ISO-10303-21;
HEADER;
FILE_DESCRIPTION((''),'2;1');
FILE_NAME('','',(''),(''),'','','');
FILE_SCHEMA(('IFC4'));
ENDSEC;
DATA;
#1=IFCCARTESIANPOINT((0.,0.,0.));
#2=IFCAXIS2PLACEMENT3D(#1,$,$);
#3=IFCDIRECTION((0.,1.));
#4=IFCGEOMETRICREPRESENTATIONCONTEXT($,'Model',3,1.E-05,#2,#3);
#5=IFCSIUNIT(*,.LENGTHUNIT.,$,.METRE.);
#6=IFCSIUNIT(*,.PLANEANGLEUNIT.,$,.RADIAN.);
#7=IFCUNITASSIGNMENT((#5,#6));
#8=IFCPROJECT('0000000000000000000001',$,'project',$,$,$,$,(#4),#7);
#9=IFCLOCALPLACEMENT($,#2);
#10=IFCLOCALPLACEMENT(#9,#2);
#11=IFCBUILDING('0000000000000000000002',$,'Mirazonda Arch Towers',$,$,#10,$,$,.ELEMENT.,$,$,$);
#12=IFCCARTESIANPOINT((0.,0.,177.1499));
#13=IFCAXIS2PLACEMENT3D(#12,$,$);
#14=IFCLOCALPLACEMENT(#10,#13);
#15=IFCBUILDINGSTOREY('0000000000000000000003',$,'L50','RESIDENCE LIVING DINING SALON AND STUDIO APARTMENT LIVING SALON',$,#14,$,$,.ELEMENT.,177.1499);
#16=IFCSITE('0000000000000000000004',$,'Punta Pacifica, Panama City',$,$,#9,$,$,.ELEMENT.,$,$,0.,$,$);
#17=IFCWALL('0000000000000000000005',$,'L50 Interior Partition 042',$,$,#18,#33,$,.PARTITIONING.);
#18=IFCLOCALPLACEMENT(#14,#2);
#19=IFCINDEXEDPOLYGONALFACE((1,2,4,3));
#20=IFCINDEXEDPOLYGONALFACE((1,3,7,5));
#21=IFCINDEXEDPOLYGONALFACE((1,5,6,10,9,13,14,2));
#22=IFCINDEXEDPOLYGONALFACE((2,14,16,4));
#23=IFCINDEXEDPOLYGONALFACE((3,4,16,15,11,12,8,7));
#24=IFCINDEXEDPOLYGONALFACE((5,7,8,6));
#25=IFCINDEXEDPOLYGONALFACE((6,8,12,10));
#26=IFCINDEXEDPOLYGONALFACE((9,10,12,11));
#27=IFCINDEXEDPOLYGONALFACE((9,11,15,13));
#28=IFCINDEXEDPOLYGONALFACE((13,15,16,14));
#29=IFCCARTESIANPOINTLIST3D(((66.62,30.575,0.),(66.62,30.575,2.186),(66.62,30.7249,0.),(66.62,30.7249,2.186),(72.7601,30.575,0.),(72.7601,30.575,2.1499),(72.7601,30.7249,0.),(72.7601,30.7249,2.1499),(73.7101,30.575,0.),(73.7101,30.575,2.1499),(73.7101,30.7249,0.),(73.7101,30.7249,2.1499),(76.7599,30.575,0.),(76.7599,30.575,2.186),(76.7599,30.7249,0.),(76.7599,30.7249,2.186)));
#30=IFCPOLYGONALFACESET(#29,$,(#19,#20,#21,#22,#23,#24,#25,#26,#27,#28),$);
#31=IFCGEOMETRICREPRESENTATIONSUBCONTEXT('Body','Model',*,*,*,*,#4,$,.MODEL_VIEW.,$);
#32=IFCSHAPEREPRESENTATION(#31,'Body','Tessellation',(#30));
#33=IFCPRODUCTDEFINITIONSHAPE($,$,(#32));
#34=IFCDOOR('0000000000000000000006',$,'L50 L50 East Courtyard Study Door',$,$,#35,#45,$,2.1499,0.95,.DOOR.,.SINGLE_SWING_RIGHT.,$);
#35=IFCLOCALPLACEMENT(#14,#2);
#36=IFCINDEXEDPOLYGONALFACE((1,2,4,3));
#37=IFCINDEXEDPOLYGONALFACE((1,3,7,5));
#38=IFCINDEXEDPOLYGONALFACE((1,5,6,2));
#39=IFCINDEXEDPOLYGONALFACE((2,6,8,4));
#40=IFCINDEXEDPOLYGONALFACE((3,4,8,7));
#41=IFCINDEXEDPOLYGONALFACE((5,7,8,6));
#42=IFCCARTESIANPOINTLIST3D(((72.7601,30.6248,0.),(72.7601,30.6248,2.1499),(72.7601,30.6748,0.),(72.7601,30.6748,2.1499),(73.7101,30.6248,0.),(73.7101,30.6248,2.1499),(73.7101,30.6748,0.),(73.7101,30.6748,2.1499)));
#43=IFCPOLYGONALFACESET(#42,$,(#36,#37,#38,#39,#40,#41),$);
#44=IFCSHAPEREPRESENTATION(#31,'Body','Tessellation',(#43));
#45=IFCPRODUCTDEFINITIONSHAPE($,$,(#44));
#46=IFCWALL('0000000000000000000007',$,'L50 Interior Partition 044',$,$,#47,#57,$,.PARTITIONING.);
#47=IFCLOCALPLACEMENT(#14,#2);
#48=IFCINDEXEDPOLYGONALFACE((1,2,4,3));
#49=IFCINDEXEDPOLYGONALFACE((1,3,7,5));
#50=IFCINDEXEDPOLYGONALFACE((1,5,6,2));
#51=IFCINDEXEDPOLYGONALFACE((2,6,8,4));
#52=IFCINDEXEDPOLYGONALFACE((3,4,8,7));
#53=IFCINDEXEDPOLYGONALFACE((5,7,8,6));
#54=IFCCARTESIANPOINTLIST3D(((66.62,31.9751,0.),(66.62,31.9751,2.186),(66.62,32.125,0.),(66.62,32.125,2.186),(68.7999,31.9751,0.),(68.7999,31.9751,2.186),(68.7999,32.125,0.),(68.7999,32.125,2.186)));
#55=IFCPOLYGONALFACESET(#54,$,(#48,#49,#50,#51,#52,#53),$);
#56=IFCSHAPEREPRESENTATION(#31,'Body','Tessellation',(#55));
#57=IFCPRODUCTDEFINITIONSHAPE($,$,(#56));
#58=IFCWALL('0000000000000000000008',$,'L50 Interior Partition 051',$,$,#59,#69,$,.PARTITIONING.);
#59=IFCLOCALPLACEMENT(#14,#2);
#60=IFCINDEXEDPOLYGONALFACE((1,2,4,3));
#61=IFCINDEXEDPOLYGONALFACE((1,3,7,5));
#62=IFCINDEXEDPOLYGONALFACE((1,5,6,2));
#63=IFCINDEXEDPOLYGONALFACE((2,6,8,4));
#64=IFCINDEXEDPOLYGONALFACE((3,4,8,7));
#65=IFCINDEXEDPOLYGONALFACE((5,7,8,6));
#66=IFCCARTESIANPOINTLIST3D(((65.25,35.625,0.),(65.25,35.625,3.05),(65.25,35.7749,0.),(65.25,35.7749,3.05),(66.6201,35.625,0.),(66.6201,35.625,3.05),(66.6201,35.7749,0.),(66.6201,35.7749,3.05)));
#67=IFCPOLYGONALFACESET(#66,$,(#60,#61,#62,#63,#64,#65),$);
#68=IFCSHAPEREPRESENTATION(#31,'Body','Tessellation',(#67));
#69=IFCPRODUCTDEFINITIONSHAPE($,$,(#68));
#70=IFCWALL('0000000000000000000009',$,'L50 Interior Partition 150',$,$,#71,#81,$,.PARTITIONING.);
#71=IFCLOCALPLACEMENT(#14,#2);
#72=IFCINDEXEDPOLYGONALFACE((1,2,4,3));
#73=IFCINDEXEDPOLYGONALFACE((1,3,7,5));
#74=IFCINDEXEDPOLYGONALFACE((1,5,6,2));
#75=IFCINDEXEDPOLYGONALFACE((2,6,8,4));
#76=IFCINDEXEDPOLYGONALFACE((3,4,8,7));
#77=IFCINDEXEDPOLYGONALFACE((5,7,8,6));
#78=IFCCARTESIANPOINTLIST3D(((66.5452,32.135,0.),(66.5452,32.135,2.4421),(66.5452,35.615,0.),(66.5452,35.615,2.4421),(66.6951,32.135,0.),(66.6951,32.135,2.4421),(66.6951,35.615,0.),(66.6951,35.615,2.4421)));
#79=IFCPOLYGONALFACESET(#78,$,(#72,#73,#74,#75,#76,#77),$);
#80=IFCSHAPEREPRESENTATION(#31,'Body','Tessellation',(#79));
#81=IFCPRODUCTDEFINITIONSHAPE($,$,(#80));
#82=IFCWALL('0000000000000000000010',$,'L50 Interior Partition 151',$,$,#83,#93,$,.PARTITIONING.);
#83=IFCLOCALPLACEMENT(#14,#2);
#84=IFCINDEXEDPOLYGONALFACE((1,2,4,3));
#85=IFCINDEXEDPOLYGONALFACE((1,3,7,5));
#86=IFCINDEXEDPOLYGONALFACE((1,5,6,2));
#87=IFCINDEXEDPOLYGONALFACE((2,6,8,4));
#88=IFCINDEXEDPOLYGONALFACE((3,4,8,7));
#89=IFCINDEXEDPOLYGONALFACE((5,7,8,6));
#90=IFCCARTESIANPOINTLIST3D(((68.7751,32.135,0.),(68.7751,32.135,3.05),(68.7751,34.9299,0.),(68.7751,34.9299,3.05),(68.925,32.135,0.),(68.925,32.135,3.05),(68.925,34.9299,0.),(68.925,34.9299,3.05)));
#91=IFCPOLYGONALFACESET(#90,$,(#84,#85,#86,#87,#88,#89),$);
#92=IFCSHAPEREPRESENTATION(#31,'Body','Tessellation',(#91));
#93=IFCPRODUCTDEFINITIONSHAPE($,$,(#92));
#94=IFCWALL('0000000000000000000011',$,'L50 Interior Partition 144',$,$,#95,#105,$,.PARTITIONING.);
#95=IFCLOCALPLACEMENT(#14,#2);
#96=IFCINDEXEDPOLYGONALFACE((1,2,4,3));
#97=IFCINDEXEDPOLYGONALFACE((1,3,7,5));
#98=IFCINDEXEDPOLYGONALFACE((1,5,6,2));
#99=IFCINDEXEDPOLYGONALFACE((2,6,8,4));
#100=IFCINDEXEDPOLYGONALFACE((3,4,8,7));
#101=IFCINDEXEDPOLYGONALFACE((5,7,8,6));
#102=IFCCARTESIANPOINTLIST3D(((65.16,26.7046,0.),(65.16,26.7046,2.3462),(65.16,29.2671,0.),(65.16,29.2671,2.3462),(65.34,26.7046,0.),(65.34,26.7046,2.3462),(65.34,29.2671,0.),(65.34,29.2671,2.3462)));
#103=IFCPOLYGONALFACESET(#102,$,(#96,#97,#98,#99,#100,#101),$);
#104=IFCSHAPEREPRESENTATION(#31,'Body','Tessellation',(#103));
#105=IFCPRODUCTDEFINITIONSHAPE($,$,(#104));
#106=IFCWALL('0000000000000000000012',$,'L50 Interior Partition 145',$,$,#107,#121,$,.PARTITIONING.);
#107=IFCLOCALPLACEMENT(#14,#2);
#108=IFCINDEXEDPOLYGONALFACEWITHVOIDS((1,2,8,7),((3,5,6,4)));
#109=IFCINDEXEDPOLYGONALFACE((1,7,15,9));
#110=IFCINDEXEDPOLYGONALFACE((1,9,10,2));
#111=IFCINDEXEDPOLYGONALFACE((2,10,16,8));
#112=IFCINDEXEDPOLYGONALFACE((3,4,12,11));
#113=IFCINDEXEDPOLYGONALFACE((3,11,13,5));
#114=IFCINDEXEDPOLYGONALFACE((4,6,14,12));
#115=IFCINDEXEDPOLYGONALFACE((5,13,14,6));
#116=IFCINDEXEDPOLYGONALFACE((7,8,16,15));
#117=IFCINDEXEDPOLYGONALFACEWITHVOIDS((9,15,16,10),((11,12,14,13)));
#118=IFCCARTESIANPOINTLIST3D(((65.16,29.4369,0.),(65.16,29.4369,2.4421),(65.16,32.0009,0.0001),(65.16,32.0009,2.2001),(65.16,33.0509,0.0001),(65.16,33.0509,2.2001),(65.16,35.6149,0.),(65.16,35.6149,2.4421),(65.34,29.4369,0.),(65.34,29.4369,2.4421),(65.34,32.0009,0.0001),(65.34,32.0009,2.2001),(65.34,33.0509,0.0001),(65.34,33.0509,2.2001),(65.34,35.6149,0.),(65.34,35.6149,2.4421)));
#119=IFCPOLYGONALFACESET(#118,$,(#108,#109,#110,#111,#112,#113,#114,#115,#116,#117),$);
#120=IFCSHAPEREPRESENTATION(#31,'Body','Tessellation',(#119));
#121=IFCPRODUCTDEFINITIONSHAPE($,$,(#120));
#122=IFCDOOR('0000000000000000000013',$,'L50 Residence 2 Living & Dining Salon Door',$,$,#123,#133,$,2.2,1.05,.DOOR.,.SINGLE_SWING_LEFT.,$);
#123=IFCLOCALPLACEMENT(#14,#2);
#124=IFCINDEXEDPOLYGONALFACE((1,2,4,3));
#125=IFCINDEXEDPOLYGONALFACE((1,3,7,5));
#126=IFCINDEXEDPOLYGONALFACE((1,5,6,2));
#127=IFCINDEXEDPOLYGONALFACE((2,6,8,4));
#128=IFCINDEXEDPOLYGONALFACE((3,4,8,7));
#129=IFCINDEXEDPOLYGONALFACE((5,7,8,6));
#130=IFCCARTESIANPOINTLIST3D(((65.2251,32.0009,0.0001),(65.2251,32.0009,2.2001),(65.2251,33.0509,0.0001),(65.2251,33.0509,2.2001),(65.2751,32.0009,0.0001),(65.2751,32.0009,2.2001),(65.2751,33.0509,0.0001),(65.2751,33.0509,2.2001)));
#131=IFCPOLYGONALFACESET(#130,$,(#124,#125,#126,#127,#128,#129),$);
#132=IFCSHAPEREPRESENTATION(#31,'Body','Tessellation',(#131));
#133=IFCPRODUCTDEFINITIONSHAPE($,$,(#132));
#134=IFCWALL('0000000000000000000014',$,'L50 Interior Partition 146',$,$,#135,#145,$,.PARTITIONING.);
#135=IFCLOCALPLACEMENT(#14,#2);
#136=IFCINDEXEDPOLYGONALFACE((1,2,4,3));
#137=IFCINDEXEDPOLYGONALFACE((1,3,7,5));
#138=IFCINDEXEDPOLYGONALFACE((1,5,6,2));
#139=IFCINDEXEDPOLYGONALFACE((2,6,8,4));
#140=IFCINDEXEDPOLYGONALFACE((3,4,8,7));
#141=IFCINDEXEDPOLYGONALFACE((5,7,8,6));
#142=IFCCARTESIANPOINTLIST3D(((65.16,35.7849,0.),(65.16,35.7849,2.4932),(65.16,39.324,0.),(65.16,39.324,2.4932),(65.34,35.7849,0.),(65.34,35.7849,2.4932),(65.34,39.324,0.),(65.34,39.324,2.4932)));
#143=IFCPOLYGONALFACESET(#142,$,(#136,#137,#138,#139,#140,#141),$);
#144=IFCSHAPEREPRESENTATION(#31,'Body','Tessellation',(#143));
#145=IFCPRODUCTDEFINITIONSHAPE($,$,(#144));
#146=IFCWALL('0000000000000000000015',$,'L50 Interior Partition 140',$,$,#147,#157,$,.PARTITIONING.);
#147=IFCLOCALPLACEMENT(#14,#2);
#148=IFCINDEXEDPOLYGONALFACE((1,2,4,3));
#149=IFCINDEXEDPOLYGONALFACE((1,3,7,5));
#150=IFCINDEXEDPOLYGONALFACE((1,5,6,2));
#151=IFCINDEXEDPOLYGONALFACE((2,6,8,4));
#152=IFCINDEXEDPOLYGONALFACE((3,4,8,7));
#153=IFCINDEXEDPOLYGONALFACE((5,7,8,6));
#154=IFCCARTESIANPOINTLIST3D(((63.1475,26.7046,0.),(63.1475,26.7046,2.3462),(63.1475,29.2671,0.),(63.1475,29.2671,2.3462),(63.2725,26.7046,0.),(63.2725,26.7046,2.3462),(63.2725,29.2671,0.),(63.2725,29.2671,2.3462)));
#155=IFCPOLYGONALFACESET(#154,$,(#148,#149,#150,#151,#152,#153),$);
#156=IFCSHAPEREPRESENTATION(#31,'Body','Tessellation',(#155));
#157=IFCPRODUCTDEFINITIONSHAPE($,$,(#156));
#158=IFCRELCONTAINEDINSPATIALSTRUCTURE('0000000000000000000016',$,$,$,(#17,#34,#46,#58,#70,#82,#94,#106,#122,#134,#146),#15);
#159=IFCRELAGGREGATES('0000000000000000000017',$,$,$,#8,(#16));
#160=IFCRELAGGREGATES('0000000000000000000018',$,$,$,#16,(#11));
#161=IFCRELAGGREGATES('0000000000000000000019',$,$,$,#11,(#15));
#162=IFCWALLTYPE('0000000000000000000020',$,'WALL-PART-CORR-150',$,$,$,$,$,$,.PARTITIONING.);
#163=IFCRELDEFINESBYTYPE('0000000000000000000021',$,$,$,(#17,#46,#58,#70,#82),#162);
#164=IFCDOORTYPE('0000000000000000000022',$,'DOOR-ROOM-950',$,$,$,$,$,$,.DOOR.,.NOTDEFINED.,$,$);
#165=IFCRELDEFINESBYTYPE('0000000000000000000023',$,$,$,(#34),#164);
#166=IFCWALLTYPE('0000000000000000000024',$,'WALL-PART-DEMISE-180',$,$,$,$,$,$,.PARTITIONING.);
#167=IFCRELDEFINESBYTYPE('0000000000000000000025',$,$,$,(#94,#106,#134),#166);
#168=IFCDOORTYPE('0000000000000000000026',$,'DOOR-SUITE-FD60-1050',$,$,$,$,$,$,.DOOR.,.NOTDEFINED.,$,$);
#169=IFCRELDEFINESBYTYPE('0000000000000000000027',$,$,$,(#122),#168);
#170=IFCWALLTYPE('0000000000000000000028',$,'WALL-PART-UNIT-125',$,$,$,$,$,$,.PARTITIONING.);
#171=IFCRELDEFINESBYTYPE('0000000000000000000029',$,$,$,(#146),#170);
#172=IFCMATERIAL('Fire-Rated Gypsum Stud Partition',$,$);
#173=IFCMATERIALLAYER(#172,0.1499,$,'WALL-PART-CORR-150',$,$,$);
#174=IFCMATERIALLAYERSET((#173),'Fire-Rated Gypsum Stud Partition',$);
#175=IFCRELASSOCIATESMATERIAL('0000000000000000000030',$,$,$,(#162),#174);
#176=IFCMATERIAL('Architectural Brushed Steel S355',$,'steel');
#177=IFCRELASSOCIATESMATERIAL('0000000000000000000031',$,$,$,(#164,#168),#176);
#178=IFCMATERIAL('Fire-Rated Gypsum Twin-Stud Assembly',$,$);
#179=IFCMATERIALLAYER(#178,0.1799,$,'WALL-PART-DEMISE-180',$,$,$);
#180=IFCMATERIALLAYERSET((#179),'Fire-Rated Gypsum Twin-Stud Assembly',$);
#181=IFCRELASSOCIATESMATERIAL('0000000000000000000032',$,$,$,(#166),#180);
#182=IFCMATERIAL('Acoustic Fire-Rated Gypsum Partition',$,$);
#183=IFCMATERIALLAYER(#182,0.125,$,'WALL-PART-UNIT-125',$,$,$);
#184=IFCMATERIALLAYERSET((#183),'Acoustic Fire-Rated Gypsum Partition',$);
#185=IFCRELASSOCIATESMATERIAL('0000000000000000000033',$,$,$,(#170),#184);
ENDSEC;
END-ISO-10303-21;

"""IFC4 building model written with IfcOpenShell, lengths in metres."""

from ifc_helpers import new_model, si_unit, direction, frame, frame_2d, origin, place, context, subcontext, project, spatial, rectangle, extrude, material, layer, layer_set, type_object, element, fill, save


model = new_model("IFC4")

# Units and contexts
model_context = context("Model", 3, precision=1e-05, world=origin(), true_north=direction((0.0, 1.0)))
body_context = subcontext(model_context, "Body", "Model", "MODEL_VIEW")
ifc_project = project(units=[si_unit("LENGTHUNIT", "METRE"), si_unit("PLANEANGLEUNIT", "RADIAN")], contexts=[model_context])

# Site, building, storey
site_placement = place(None, origin())
site = spatial("IfcSite", under=ifc_project, at=site_placement, Name="Punta Pacifica, Panama City", CompositionType="ELEMENT", RefElevation=0.0)
building_placement = place(site_placement, origin())
building = spatial("IfcBuilding", under=site, at=building_placement, Name="Mirazonda Arch Towers", CompositionType="ELEMENT")
storey_placement = place(building_placement, frame((0.0, 0.0, 177.1499)))
storey = spatial("IfcBuildingStorey", under=building, at=storey_placement, Name="L50", Description="RESIDENCE LIVING DINING SALON AND STUDIO APARTMENT LIVING SALON", CompositionType="ELEMENT", Elevation=177.1499)

# Shared definitions
ifc_material_1 = material(Name="Architectural Brushed Steel S355", Category="steel")

# Wall, opening, door
ifc_material_2 = material(Name="Fire-Rated Gypsum Stud Partition")
ifc_layer_1 = layer(ifc_material_2, 0.1499, Name="WALL-PART-CORR-150")
ifc_layer_set_1 = layer_set([ifc_layer_1], Name="Fire-Rated Gypsum Stud Partition")
wall_type_1 = type_object("IfcWallType", Name="WALL-PART-CORR-150", PredefinedType="PARTITIONING", material=ifc_layer_set_1)
wall_1_placement = place(storey_placement, frame((66.6201, 30.6499, 0.0), z_axis=(0.0, 0.0, 1.0), x_axis=(1.0, 0.0, 0.0)))
wall_1 = element("IfcWall", 1, at=wall_1_placement, inside=storey, type_object=wall_type_1, Name="L50 Interior Partition 042", PredefinedType="PARTITIONING", context=body_context, shape_type="SweptSolid", body=[
    extrude(rectangle(XDim=10.1399, YDim=0.1499, at=frame_2d((5.0698, 0.0))), origin(), (0.0, 0.0, 1.0), 2.186),
])
opening_1_placement = place(wall_1_placement, frame((6.1399, 0.0, 0.0)))
opening_1 = element("IfcOpeningElement", 2, at=opening_1_placement, cuts=wall_1, PredefinedType="OPENING", context=body_context, shape_type="SweptSolid", body=[
    extrude(rectangle(XDim=0.95, YDim=2.1499, at=frame_2d((0.4751, 1.075))), frame((0.0, 0.085, 0.0), z_axis=(0.0, -1.0, 0.0), x_axis=(1.0, 0.0, 0.0)), (0.0, 0.0, 1.0), 0.1699),
])
door_type_1 = type_object("IfcDoorType", Name="DOOR-ROOM-950", OperationType="NOTDEFINED", PredefinedType="DOOR", material=ifc_material_1)
door_1_placement = place(opening_1_placement, origin())
door_1 = element("IfcDoor", 3, at=door_1_placement, inside=storey, type_object=door_type_1, Name="L50 L50 East Courtyard Study Door", OperationType="SINGLE_SWING_RIGHT", OverallHeight=2.1499, OverallWidth=0.95, PredefinedType="DOOR", context=body_context, shape_type="SweptSolid", body=[
    extrude(rectangle(XDim=0.95, YDim=2.1499, at=frame_2d((0.4751, 1.075))), frame((0.0, 0.0249, 0.0), z_axis=(0.0, -1.0, 0.0), x_axis=(1.0, 0.0, 0.0)), (0.0, 0.0, 1.0), 0.05),
])
fill(opening_1, door_1)

# Walls
wall_2_placement = place(storey_placement, frame((66.6201, 32.05, 0.0), z_axis=(0.0, 0.0, 1.0), x_axis=(1.0, 0.0, 0.0)))
element("IfcWall", 4, at=wall_2_placement, inside=storey, type_object=wall_type_1, Name="L50 Interior Partition 044", PredefinedType="PARTITIONING", context=body_context, shape_type="SweptSolid", body=[
    extrude(rectangle(XDim=2.1799, YDim=0.1499, at=frame_2d((1.0898, 0.0))), origin(), (0.0, 0.0, 1.0), 2.186),
])
wall_3_placement = place(storey_placement, frame((65.25, 35.7, 0.0), z_axis=(0.0, 0.0, 1.0), x_axis=(1.0, 0.0, 0.0)))
element("IfcWall", 5, at=wall_3_placement, inside=storey, type_object=wall_type_1, Name="L50 Interior Partition 051", PredefinedType="PARTITIONING", context=body_context, shape_type="SweptSolid", body=[
    extrude(rectangle(XDim=1.3701, YDim=0.1499, at=frame_2d((0.6851, 0.0))), origin(), (0.0, 0.0, 1.0), 3.05),
])
wall_4_placement = place(storey_placement, frame((66.6201, 32.135, 0.0), z_axis=(0.0, 0.0, 1.0), x_axis=(0.0, 1.0, 0.0)))
element("IfcWall", 6, at=wall_4_placement, inside=storey, type_object=wall_type_1, Name="L50 Interior Partition 150", PredefinedType="PARTITIONING", context=body_context, shape_type="SweptSolid", body=[
    extrude(rectangle(XDim=3.48, YDim=0.1499, at=frame_2d((1.74, 0.0))), origin(), (0.0, 0.0, 1.0), 2.4421),
])
wall_5_placement = place(storey_placement, frame((68.8501, 32.135, 0.0), z_axis=(0.0, 0.0, 1.0), x_axis=(0.0, 1.0, 0.0)))
element("IfcWall", 7, at=wall_5_placement, inside=storey, type_object=wall_type_1, Name="L50 Interior Partition 151", PredefinedType="PARTITIONING", context=body_context, shape_type="SweptSolid", body=[
    extrude(rectangle(XDim=2.7949, YDim=0.1499, at=frame_2d((1.3975, 0.0))), origin(), (0.0, 0.0, 1.0), 3.05),
])
ifc_material_3 = material(Name="Fire-Rated Gypsum Twin-Stud Assembly")
ifc_layer_2 = layer(ifc_material_3, 0.1799, Name="WALL-PART-DEMISE-180")
ifc_layer_set_2 = layer_set([ifc_layer_2], Name="Fire-Rated Gypsum Twin-Stud Assembly")
wall_type_2 = type_object("IfcWallType", Name="WALL-PART-DEMISE-180", PredefinedType="PARTITIONING", material=ifc_layer_set_2)
wall_6_placement = place(storey_placement, frame((65.25, 26.7046, 0.0), z_axis=(0.0, 0.0, 1.0), x_axis=(0.0, 1.0, 0.0)))
element("IfcWall", 8, at=wall_6_placement, inside=storey, type_object=wall_type_2, Name="L50 Interior Partition 144", PredefinedType="PARTITIONING", context=body_context, shape_type="SweptSolid", body=[
    extrude(rectangle(XDim=2.5625, YDim=0.1799, at=frame_2d((1.2812, 0.0))), origin(), (0.0, 0.0, 1.0), 2.3462),
])

# Wall, opening, door
wall_7_placement = place(storey_placement, frame((65.25, 29.437, 0.0), z_axis=(0.0, 0.0, 1.0), x_axis=(0.0, 1.0, 0.0)))
wall_7 = element("IfcWall", 9, at=wall_7_placement, inside=storey, type_object=wall_type_2, Name="L50 Interior Partition 145", PredefinedType="PARTITIONING", context=body_context, shape_type="SweptSolid", body=[
    extrude(rectangle(XDim=6.178, YDim=0.1799, at=frame_2d((3.0889, 0.0))), origin(), (0.0, 0.0, 1.0), 2.4421),
])
opening_2_placement = place(wall_7_placement, frame((2.564, 0.0, 0.0)))
opening_2 = element("IfcOpeningElement", 10, at=opening_2_placement, cuts=wall_7, PredefinedType="OPENING", context=body_context, shape_type="SweptSolid", body=[
    extrude(rectangle(XDim=1.05, YDim=2.2, at=frame_2d((0.5249, 1.1001))), frame((0.0, 0.0999, 0.0), z_axis=(0.0, -1.0, 0.0), x_axis=(1.0, 0.0, 0.0)), (0.0, 0.0, 1.0), 0.2),
])
door_type_2 = type_object("IfcDoorType", Name="DOOR-SUITE-FD60-1050", OperationType="NOTDEFINED", PredefinedType="DOOR", material=ifc_material_1)
door_2_placement = place(opening_2_placement, origin())
door_2 = element("IfcDoor", 11, at=door_2_placement, inside=storey, type_object=door_type_2, Name="L50 Residence 2 Living & Dining Salon Door", OperationType="SINGLE_SWING_LEFT", OverallHeight=2.2, OverallWidth=1.05, PredefinedType="DOOR", context=body_context, shape_type="SweptSolid", body=[
    extrude(rectangle(XDim=1.05, YDim=2.2, at=frame_2d((0.5249, 1.1001))), frame((0.0, 0.0249, 0.0), z_axis=(0.0, -1.0, 0.0), x_axis=(1.0, 0.0, 0.0)), (0.0, 0.0, 1.0), 0.05),
])
fill(opening_2, door_2)

# Walls
wall_8_placement = place(storey_placement, frame((65.25, 35.7849, 0.0), z_axis=(0.0, 0.0, 1.0), x_axis=(0.0, 1.0, 0.0)))
element("IfcWall", 12, at=wall_8_placement, inside=storey, type_object=wall_type_2, Name="L50 Interior Partition 146", PredefinedType="PARTITIONING", context=body_context, shape_type="SweptSolid", body=[
    extrude(rectangle(XDim=3.5391, YDim=0.1799, at=frame_2d((1.7695, 0.0))), origin(), (0.0, 0.0, 1.0), 2.4932),
])
ifc_material_4 = material(Name="Acoustic Fire-Rated Gypsum Partition")
ifc_layer_3 = layer(ifc_material_4, 0.125, Name="WALL-PART-UNIT-125")
ifc_layer_set_3 = layer_set([ifc_layer_3], Name="Acoustic Fire-Rated Gypsum Partition")
wall_type_3 = type_object("IfcWallType", Name="WALL-PART-UNIT-125", PredefinedType="PARTITIONING", material=ifc_layer_set_3)
wall_9_placement = place(storey_placement, frame((63.21, 26.7046, 0.0), z_axis=(0.0, 0.0, 1.0), x_axis=(0.0, 1.0, 0.0)))
element("IfcWall", 13, at=wall_9_placement, inside=storey, type_object=wall_type_3, Name="L50 Interior Partition 140", PredefinedType="PARTITIONING", context=body_context, shape_type="SweptSolid", body=[
    extrude(rectangle(XDim=2.5625, YDim=0.125, at=frame_2d((1.2812, 0.0))), origin(), (0.0, 0.0, 1.0), 2.3462),
])

save(model, "model.ifc")
